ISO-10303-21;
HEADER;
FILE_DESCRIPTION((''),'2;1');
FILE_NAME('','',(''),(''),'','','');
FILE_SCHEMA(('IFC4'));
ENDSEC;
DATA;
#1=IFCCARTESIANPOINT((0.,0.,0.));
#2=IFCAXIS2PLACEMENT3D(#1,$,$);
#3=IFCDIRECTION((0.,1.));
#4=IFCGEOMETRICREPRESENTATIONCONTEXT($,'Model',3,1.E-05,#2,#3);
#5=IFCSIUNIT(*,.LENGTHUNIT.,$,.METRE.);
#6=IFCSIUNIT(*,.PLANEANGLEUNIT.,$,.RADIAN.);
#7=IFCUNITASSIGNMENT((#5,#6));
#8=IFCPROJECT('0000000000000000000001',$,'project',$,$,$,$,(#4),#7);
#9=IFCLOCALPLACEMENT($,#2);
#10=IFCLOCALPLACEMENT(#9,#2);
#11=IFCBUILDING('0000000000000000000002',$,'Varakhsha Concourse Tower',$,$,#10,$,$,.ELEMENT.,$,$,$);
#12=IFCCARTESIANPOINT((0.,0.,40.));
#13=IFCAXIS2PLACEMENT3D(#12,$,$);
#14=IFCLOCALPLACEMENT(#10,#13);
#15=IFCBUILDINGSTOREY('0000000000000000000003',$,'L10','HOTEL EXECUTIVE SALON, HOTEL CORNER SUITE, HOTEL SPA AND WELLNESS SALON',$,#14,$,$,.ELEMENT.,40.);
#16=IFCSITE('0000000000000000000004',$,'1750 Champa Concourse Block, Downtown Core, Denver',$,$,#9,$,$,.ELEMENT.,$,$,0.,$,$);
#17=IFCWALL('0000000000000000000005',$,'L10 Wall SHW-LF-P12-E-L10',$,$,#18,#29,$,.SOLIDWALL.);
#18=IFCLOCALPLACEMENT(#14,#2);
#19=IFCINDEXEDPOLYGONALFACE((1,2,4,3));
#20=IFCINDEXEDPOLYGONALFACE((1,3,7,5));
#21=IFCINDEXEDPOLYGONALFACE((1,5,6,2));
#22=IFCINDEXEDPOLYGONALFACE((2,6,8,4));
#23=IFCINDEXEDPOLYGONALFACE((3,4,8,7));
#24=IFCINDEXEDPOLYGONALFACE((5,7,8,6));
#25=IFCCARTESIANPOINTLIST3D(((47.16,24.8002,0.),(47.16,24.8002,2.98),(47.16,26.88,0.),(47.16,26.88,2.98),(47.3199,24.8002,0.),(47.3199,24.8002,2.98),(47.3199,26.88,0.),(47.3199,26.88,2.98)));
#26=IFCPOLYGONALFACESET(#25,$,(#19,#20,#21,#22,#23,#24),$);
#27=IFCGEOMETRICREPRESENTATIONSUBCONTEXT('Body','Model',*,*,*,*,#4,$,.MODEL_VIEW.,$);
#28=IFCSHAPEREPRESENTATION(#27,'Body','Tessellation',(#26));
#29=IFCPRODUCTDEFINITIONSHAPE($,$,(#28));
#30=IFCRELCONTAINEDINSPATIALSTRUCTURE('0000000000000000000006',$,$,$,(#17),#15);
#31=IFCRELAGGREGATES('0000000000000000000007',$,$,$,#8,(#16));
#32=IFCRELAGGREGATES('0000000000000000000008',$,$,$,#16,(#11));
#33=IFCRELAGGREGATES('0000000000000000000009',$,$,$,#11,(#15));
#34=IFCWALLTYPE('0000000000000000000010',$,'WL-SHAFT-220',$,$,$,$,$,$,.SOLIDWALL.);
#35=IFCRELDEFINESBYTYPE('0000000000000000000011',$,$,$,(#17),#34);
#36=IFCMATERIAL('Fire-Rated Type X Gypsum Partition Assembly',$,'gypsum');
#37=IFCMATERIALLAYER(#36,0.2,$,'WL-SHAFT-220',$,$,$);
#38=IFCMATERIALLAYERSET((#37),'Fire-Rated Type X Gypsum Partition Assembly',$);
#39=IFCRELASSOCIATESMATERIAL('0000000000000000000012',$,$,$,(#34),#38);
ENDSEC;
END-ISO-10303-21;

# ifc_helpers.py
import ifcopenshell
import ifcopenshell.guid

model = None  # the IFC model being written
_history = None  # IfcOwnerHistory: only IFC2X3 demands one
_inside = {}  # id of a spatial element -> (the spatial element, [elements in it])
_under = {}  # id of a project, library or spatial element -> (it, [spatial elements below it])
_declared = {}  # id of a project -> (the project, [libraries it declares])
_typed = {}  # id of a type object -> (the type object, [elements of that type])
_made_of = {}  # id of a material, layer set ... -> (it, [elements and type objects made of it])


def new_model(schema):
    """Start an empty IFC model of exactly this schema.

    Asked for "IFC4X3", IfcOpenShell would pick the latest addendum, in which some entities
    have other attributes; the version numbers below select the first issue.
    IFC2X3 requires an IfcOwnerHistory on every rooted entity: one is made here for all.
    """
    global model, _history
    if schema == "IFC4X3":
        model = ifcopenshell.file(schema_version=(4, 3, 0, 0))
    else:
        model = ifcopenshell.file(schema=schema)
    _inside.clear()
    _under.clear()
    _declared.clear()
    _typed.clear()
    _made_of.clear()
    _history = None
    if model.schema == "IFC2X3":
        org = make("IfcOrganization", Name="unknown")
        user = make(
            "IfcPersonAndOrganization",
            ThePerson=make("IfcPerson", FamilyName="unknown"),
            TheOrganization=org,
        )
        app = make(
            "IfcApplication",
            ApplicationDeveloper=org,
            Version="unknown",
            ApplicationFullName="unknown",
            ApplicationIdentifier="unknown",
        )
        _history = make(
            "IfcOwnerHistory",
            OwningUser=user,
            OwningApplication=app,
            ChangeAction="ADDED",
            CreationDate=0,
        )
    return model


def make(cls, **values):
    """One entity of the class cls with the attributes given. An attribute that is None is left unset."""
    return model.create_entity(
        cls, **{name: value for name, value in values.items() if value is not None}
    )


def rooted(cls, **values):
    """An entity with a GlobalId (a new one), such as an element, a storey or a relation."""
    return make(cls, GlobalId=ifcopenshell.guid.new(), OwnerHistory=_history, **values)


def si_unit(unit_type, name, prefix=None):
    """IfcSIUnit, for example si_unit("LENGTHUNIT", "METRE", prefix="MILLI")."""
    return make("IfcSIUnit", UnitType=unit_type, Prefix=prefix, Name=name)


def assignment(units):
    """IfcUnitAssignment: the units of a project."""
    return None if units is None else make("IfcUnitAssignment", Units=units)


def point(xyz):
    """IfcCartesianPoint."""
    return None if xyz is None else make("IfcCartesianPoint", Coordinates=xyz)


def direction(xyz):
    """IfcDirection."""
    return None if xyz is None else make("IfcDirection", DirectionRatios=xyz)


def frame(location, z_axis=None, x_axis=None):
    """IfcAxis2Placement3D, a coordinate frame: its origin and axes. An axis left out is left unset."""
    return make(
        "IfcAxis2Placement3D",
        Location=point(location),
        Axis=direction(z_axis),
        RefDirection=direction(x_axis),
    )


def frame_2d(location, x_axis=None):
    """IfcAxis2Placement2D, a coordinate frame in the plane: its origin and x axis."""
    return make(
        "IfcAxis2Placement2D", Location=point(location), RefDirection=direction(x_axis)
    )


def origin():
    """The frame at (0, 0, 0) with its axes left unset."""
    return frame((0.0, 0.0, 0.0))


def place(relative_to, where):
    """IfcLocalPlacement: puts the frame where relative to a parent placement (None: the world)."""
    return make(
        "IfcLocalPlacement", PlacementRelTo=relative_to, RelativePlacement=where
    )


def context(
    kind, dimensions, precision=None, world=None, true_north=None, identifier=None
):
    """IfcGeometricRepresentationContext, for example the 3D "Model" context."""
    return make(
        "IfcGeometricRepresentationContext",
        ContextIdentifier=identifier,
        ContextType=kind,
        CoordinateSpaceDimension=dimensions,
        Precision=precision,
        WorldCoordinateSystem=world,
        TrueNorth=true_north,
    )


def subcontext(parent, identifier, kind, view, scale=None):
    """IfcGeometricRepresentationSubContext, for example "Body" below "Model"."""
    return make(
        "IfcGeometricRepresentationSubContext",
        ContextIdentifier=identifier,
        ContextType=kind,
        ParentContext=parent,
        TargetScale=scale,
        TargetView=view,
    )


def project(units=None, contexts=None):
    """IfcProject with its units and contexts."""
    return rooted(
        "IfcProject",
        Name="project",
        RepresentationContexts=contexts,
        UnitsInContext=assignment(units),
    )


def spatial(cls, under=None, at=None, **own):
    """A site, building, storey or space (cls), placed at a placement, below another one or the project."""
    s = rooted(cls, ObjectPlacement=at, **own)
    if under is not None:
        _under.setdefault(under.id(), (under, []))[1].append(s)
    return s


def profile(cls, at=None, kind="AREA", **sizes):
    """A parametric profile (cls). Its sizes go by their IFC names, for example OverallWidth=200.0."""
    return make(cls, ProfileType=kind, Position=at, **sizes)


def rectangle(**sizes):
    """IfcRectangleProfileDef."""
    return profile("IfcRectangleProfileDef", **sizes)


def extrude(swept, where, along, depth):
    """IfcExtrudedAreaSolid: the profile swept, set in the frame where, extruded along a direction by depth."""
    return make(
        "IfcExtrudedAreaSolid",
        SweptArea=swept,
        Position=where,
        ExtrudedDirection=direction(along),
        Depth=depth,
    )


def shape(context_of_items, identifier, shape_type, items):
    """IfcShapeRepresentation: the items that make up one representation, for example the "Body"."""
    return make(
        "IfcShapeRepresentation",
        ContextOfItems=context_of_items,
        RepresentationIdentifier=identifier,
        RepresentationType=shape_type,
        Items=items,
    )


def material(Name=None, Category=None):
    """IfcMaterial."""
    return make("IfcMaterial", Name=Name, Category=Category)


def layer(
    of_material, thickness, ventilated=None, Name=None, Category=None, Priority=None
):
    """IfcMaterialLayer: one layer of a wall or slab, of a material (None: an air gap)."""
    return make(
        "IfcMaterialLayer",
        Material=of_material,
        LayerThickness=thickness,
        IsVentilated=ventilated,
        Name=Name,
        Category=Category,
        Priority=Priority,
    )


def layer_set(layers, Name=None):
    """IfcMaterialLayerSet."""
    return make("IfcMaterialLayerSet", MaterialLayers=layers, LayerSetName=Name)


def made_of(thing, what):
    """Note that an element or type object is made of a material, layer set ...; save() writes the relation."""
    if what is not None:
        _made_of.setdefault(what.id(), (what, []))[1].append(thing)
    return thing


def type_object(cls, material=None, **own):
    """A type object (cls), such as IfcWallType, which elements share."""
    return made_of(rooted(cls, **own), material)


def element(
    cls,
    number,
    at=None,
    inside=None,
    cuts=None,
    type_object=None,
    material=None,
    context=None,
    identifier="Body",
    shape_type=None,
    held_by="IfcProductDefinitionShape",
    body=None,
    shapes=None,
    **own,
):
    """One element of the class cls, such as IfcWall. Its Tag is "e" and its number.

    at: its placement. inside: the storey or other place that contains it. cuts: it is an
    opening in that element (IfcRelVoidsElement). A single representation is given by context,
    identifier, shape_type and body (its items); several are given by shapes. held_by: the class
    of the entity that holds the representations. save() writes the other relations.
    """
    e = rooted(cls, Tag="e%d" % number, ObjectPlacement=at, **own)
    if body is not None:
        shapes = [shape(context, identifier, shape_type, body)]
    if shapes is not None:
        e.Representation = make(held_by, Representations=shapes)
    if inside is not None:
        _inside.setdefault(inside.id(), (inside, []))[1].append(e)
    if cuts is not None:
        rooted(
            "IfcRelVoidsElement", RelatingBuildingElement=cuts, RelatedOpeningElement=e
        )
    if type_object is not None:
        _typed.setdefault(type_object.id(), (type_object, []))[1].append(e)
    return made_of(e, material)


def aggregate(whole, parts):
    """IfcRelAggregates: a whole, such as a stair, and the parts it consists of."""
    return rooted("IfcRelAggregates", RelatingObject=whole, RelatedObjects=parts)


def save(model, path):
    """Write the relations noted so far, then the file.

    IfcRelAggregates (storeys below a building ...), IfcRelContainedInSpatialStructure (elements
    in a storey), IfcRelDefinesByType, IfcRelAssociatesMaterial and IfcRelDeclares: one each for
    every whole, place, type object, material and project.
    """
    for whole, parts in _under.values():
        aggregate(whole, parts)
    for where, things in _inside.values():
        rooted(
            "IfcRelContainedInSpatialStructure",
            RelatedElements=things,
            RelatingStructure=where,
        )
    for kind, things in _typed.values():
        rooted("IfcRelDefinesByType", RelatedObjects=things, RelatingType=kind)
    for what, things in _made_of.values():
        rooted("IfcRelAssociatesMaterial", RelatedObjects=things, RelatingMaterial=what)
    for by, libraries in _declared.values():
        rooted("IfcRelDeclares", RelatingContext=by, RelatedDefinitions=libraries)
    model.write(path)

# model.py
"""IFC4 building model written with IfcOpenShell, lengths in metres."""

from ifc_helpers import new_model, si_unit, direction, frame, frame_2d, origin, place, context, subcontext, project, spatial, rectangle, extrude, material, layer, layer_set, type_object, element, save


model = new_model("IFC4")

# Units and contexts
model_context = context("Model", 3, precision=1e-05, world=origin(), true_north=direction((0.0, 1.0)))
body_context = subcontext(model_context, "Body", "Model", "MODEL_VIEW")
ifc_project = project(units=[si_unit("LENGTHUNIT", "METRE"), si_unit("PLANEANGLEUNIT", "RADIAN")], contexts=[model_context])

# Site, building, storey
site_placement = place(None, origin())
site = spatial("IfcSite", under=ifc_project, at=site_placement, Name="1750 Champa Concourse Block, Downtown Core, Denver", CompositionType="ELEMENT", RefElevation=0.0)
building_placement = place(site_placement, origin())
building = spatial("IfcBuilding", under=site, at=building_placement, Name="Varakhsha Concourse Tower", CompositionType="ELEMENT")
storey_placement = place(building_placement, frame((0.0, 0.0, 40.0)))
storey = spatial("IfcBuildingStorey", under=building, at=storey_placement, Name="L10", Description="HOTEL EXECUTIVE SALON, HOTEL CORNER SUITE, HOTEL SPA AND WELLNESS SALON", CompositionType="ELEMENT", Elevation=40.0)

# Wall
ifc_material_1 = material(Name="Fire-Rated Type X Gypsum Partition Assembly", Category="gypsum")
ifc_layer_1 = layer(ifc_material_1, 0.2, Name="WL-SHAFT-220")
ifc_layer_set_1 = layer_set([ifc_layer_1], Name="Fire-Rated Type X Gypsum Partition Assembly")
wall_type_1 = type_object("IfcWallType", Name="WL-SHAFT-220", PredefinedType="SOLIDWALL", material=ifc_layer_set_1)
for number, where, z_axis, x_axis, name in (
    (1, (47.24, 24.8, 0.0), (0.0, 0.0, 1.0), (0.0, 1.0, 0.0), "L10 Wall SHW-LF-P12-E-L10"),
):
    element("IfcWall", number, at=place(storey_placement, frame(where, z_axis=z_axis, x_axis=x_axis)), inside=storey, type_object=wall_type_1, Name=name, PredefinedType="SOLIDWALL", context=body_context, shape_type="SweptSolid", body=[
        extrude(rectangle(XDim=2.0798, YDim=0.1599, at=frame_2d((1.04, 0.0))), origin(), (0.0, 0.0, 1.0), 2.98),
    ])

save(model, "model.ifc")
